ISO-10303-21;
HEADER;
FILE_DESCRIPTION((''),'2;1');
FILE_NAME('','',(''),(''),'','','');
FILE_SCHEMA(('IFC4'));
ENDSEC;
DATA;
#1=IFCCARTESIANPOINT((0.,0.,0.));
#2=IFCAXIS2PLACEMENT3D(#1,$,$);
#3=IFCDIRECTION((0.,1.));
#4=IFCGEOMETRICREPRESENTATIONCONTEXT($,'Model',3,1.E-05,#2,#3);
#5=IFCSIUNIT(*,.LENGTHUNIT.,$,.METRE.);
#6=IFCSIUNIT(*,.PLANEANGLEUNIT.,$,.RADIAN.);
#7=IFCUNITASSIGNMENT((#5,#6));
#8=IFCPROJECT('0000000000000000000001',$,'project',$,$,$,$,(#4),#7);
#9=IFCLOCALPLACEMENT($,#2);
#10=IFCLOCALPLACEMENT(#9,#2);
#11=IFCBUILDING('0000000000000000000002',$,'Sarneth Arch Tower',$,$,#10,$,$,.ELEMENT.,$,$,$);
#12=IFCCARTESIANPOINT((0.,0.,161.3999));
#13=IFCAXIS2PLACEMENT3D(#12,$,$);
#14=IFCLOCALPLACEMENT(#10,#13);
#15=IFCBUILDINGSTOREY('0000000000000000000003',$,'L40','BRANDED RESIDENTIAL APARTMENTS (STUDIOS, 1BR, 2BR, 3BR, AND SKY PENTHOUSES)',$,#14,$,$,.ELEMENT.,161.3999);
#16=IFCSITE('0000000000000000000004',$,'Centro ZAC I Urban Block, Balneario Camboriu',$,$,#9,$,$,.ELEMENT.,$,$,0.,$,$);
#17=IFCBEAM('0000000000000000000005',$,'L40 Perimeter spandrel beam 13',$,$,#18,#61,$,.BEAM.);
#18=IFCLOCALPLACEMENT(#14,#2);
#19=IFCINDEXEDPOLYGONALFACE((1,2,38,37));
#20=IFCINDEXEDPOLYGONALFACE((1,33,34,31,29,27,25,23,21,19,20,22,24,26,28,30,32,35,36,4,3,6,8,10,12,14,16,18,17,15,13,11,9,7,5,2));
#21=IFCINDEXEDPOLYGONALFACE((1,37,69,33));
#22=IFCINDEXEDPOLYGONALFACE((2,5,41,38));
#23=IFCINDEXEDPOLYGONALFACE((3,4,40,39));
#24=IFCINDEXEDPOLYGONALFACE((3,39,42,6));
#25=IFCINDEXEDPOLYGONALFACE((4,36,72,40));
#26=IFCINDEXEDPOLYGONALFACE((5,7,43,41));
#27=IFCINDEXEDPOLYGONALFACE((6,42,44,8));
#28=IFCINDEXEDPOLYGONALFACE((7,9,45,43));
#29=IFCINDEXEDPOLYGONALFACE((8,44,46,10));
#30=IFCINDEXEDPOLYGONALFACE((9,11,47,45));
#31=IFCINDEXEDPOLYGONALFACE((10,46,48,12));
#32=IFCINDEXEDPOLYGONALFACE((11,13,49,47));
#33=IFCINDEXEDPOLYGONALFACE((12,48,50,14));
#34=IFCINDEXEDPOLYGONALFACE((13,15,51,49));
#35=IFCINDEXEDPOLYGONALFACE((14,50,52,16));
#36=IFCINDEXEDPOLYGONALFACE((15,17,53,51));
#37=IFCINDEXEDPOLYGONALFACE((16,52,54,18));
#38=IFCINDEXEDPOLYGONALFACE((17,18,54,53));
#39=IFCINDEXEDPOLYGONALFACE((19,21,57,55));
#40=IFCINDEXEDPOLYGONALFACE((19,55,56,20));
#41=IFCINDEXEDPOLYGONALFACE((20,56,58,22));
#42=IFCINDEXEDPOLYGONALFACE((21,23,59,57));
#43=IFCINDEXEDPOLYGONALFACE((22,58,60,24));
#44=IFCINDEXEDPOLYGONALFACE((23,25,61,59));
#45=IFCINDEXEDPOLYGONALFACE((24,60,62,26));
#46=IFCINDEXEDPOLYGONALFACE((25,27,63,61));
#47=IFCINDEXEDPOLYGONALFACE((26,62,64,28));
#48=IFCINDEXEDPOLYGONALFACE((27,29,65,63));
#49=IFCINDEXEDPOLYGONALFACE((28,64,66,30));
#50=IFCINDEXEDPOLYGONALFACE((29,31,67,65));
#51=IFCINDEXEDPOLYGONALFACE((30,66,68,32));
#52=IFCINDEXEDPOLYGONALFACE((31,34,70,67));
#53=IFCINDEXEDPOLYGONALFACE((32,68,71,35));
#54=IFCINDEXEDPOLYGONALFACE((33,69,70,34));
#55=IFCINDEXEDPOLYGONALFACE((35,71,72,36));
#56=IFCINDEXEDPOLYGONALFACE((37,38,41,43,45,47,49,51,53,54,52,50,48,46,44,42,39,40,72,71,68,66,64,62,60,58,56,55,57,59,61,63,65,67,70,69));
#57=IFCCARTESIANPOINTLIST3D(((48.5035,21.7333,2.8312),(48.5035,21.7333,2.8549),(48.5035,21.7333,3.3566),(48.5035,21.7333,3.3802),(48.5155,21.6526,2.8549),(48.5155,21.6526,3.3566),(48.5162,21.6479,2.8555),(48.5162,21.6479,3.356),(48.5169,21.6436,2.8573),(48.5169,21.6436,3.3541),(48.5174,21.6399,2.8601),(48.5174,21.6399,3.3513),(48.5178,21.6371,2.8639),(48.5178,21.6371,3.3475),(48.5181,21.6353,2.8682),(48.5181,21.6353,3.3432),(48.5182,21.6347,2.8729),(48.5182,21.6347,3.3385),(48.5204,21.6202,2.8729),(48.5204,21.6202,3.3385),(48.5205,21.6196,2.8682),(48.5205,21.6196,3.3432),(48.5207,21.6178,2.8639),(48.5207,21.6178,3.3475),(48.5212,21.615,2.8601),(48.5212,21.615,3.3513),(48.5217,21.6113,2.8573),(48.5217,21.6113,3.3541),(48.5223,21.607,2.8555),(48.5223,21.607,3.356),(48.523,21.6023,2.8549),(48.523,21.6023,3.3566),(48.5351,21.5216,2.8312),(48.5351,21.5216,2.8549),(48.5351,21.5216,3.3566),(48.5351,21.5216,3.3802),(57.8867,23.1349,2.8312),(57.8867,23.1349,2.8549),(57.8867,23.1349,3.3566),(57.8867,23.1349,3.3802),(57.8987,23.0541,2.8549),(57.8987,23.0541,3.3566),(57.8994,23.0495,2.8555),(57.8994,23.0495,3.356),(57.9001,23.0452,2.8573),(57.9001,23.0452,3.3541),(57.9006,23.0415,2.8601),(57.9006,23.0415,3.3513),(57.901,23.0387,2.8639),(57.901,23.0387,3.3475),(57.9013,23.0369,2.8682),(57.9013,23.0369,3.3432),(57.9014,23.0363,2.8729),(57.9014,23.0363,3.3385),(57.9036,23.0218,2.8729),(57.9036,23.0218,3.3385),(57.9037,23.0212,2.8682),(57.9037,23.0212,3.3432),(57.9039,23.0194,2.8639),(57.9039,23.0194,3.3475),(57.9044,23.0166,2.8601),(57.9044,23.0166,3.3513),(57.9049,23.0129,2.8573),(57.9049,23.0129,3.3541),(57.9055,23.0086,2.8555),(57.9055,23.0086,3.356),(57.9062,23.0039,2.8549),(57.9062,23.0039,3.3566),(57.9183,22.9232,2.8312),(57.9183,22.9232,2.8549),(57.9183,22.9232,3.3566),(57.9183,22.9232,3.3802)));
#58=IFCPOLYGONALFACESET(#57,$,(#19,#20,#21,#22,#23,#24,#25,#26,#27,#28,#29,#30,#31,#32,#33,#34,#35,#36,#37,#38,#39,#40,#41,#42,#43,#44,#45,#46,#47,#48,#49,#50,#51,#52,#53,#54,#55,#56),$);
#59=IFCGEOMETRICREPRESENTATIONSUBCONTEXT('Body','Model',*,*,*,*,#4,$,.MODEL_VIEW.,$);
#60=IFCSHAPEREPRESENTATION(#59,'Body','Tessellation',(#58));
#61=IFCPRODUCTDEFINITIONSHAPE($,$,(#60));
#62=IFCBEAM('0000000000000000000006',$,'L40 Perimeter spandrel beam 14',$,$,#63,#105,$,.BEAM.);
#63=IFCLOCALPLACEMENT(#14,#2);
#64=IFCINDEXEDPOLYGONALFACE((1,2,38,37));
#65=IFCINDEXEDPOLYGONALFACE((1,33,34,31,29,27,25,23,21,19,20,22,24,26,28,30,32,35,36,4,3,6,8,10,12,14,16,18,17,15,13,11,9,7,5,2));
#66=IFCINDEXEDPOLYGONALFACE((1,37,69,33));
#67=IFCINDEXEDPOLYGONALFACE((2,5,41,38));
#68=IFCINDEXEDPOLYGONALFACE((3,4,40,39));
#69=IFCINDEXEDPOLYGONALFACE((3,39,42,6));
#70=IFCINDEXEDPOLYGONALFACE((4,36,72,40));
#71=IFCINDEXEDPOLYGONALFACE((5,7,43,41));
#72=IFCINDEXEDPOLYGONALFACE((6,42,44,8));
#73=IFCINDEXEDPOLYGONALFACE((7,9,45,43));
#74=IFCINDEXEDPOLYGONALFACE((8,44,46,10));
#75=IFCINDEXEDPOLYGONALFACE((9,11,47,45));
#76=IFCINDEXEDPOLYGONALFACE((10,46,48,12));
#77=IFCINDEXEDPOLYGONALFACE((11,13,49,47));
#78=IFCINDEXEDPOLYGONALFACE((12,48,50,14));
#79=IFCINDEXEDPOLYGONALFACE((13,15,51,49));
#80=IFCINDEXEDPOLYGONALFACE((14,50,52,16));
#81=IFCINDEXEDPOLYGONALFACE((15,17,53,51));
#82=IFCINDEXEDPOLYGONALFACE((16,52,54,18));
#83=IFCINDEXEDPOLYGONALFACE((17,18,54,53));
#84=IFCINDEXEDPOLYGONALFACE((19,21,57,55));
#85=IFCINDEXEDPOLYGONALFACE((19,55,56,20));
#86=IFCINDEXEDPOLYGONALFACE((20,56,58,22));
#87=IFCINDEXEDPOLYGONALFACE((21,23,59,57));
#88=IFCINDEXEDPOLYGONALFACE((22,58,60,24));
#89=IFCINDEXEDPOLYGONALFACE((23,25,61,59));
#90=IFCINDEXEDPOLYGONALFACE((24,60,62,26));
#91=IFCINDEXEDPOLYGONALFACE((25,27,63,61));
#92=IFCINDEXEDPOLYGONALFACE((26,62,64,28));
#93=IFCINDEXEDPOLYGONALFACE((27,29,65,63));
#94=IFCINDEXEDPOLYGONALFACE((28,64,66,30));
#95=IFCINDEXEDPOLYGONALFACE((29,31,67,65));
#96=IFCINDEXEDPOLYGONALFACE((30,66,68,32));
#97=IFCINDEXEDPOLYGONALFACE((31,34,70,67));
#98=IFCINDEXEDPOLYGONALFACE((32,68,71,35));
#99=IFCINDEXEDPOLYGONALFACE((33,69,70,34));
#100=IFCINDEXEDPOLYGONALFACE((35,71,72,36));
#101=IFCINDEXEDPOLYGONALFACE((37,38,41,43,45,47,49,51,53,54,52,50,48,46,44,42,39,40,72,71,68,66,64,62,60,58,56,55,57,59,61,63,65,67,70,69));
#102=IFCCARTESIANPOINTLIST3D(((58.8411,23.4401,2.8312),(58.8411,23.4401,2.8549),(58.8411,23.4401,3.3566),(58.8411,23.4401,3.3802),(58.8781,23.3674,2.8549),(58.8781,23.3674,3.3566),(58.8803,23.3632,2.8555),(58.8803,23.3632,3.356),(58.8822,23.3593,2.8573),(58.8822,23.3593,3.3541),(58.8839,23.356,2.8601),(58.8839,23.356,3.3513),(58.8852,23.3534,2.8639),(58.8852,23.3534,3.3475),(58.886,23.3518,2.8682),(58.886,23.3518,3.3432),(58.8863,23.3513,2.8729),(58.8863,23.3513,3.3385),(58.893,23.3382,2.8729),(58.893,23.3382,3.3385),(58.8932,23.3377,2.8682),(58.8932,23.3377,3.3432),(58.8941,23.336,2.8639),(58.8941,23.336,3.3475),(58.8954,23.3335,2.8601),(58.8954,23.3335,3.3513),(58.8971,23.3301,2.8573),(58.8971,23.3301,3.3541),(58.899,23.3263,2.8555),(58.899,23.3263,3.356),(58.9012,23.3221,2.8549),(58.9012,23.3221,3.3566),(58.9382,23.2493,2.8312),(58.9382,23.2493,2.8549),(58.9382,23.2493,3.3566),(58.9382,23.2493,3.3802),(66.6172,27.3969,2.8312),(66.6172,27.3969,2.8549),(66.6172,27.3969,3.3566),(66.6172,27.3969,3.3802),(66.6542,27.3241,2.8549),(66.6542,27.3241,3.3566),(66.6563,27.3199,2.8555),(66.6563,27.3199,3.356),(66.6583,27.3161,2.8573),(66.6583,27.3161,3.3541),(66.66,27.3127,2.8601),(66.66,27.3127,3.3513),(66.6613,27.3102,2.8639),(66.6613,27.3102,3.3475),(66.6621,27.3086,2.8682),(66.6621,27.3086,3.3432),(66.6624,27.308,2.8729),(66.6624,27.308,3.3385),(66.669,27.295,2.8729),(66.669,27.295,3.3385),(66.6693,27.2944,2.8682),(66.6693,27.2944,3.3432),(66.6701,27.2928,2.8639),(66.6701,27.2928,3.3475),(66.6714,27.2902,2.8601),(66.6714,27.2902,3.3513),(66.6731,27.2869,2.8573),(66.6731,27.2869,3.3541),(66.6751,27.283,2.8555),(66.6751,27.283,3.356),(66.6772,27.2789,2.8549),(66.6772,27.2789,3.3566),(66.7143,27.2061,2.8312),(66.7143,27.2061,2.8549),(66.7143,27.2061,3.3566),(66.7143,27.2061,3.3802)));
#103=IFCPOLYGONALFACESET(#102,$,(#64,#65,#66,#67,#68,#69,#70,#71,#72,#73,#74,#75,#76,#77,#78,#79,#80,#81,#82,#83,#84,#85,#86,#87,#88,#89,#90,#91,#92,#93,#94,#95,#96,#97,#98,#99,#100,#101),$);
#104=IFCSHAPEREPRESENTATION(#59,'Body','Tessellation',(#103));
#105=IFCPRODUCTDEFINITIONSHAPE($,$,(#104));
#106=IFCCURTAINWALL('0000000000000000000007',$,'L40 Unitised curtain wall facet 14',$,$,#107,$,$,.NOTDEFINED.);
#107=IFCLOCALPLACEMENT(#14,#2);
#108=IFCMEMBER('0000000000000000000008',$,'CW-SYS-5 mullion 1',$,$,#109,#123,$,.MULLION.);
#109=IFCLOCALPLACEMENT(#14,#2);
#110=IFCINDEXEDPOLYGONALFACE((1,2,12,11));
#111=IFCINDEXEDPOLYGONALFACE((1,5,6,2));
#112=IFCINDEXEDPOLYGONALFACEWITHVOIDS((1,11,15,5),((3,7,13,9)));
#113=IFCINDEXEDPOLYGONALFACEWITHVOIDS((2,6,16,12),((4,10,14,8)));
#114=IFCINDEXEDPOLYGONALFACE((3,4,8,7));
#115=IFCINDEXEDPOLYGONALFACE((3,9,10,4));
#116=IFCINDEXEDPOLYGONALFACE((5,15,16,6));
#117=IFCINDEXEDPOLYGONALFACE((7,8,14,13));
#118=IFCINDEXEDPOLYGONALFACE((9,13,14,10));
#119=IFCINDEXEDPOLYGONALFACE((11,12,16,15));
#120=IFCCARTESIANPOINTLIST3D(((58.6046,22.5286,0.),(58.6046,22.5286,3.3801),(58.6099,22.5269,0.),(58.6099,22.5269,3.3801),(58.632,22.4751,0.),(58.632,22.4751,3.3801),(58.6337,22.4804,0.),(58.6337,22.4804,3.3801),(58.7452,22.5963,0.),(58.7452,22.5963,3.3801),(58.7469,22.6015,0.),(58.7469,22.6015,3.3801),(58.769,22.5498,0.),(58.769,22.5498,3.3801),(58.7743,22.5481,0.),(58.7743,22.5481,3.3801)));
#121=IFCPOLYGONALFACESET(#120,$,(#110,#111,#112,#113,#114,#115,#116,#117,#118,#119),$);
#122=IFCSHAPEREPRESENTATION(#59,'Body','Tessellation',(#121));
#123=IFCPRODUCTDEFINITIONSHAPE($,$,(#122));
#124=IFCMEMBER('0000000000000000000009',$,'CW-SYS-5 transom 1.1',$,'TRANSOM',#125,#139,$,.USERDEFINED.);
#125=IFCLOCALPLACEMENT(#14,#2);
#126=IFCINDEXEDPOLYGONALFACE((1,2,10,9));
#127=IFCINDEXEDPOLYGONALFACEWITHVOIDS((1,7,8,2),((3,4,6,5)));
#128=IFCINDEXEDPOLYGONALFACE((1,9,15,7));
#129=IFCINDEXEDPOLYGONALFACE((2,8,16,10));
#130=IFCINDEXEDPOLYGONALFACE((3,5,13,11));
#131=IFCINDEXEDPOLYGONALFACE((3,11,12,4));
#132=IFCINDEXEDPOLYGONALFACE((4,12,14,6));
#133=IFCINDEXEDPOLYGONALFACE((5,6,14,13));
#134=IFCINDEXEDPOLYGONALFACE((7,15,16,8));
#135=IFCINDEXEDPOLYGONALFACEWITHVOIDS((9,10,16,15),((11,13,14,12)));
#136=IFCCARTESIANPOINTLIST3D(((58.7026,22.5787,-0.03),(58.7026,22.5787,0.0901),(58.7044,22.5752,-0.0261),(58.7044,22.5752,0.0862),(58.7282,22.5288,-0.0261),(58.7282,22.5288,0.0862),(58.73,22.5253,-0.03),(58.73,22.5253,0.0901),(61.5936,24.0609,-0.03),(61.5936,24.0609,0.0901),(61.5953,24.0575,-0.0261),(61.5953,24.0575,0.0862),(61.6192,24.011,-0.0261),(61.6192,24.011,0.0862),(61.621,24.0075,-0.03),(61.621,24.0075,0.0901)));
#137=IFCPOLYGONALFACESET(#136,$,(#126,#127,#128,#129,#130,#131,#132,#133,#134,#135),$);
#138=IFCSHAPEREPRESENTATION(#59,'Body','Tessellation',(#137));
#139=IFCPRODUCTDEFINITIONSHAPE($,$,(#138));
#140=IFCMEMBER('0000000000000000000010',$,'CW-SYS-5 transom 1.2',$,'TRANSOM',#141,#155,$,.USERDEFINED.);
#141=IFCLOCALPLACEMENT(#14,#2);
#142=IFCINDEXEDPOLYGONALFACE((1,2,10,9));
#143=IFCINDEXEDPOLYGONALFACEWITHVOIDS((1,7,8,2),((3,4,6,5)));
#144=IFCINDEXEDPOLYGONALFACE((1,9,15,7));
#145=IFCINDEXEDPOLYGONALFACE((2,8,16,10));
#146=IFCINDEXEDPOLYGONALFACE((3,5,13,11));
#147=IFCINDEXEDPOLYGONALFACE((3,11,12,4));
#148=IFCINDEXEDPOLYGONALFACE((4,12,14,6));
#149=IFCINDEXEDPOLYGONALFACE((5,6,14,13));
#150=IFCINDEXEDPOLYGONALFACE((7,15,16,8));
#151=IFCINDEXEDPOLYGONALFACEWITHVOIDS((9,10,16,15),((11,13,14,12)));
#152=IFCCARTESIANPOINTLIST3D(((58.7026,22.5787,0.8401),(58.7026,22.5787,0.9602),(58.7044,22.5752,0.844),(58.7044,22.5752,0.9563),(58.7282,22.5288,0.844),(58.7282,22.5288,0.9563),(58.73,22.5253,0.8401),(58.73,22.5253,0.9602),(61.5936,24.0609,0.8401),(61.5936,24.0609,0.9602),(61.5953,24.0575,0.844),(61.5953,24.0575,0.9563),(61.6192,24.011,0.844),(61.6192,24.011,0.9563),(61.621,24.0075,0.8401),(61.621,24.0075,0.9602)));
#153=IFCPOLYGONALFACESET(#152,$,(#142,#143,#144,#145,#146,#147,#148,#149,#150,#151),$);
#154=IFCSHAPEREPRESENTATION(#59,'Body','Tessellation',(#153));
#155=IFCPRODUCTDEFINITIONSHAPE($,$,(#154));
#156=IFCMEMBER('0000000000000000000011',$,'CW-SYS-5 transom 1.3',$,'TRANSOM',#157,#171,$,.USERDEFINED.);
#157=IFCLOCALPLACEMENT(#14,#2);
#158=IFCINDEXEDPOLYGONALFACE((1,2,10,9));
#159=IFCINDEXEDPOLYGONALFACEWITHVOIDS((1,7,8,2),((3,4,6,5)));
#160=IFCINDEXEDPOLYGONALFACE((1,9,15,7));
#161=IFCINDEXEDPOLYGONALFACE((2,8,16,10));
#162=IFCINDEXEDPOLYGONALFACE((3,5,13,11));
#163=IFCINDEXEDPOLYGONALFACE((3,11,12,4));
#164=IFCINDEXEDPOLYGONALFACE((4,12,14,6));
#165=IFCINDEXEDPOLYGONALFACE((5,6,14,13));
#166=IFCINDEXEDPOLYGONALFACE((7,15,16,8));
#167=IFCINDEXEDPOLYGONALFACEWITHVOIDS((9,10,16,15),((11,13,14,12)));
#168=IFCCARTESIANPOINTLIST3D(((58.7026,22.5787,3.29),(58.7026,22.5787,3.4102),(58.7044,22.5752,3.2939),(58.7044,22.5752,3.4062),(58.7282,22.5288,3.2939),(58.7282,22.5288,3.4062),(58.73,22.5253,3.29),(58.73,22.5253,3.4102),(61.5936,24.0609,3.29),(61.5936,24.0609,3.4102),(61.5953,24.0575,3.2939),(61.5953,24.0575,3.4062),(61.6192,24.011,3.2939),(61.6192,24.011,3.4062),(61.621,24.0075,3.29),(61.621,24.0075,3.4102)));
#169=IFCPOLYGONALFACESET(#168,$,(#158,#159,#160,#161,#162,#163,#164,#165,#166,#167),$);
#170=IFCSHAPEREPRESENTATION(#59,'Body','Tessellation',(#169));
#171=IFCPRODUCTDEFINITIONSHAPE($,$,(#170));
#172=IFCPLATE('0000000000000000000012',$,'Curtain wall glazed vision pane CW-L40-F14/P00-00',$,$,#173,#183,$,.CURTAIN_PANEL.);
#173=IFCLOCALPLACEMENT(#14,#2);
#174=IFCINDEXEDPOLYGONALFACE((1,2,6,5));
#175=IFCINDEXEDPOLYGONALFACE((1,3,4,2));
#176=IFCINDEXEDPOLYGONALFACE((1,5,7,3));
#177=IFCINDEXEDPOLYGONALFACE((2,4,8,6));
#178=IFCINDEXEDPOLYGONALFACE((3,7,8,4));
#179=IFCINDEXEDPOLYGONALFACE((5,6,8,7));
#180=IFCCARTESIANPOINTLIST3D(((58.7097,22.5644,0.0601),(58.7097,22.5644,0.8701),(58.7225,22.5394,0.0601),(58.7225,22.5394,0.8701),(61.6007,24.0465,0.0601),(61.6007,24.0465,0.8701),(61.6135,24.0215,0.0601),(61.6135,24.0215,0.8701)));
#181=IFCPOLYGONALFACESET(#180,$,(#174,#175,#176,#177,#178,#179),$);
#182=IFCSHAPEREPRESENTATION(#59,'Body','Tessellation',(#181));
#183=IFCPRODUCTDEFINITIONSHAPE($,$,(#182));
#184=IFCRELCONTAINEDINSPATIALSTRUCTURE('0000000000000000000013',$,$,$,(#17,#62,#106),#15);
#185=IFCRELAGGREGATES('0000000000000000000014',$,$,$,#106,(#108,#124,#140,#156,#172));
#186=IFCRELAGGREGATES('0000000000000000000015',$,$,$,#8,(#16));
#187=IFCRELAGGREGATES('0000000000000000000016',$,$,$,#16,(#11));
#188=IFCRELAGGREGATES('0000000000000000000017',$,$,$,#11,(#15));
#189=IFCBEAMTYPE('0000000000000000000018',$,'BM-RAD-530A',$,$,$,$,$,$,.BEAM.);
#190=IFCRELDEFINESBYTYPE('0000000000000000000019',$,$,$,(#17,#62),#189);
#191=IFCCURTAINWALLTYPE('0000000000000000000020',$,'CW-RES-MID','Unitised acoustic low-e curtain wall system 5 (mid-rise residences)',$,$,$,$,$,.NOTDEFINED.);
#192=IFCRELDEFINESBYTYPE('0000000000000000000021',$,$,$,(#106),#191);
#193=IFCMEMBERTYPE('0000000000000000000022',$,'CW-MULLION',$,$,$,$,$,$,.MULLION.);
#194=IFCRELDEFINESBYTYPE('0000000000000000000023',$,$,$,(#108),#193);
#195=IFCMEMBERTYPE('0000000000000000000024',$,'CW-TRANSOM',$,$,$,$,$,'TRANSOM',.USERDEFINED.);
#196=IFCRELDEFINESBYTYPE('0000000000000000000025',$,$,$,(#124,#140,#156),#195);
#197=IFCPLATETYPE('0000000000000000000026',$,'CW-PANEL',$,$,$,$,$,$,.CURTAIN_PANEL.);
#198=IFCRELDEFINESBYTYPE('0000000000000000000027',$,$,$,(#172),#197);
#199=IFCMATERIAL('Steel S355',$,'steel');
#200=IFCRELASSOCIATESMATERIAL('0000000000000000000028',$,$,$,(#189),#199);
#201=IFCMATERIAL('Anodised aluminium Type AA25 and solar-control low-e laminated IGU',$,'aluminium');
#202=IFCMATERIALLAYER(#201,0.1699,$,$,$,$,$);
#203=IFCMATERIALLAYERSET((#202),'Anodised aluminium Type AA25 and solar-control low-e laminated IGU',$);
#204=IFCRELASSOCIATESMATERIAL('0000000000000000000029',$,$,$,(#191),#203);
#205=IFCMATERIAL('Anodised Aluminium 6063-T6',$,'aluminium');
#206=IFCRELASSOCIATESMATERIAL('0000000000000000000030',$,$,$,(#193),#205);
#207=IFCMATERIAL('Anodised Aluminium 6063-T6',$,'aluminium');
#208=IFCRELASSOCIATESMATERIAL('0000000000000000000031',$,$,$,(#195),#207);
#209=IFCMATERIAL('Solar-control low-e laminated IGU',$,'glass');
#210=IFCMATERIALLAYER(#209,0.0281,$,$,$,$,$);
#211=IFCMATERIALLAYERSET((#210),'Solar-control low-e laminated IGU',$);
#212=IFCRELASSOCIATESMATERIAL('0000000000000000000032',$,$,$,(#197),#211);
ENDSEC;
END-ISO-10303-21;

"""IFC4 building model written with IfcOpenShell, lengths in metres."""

from ifc_helpers import new_model, si_unit, direction, frame, origin, origin_2d, place, context, subcontext, project, spatial, rectangle, hollow_rectangle, i_section, extrude, material, layer, layer_set, material_profile, profile_set, type_object, element, aggregate, save


model = new_model("IFC4")

# Units and contexts
model_context = context("Model", 3, precision=1e-05, world=origin(), true_north=direction((0.0, 1.0)))
body_context = subcontext(model_context, "Body", "Model", "MODEL_VIEW")
ifc_project = project(units=[si_unit("LENGTHUNIT", "METRE"), si_unit("PLANEANGLEUNIT", "RADIAN")], contexts=[model_context])

# Site, building, storey
site_placement = place(None, origin())
site = spatial("IfcSite", under=ifc_project, at=site_placement, Name="Centro ZAC I Urban Block, Balneario Camboriu", CompositionType="ELEMENT", RefElevation=0.0)
building_placement = place(site_placement, origin())
building = spatial("IfcBuilding", under=site, at=building_placement, Name="Sarneth Arch Tower", CompositionType="ELEMENT")
storey_placement = place(building_placement, frame((0.0, 0.0, 161.3999)))
storey = spatial("IfcBuildingStorey", under=building, at=storey_placement, Name="L40", Description="BRANDED RESIDENTIAL APARTMENTS (STUDIOS, 1BR, 2BR, 3BR, AND SKY PENTHOUSES)", CompositionType="ELEMENT", Elevation=161.3999)

# Beams
ifc_material_1 = material(Name="Steel S355", Category="steel")
ifc_material_profile_1 = material_profile(ifc_material_1, i_section(OverallWidth=0.2141, OverallDepth=0.5491, WebThickness=0.0146, FlangeThickness=0.0237, FilletRadius=0.0181, at=origin_2d()), Name="W530x138")
ifc_profile_set_1 = profile_set([ifc_material_profile_1], Name="Steel S355")
beam_type_1 = type_object("IfcBeamType", Name="BM-RAD-530A", PredefinedType="BEAM", material=ifc_profile_set_1)
beam_1_placement = place(storey_placement, frame((48.5193, 21.6274, 3.1057), z_axis=(0.989027, 0.147734, 0.0), x_axis=(-0.147734, 0.989027, 0.0)))
element("IfcBeam", 1, at=beam_1_placement, inside=storey, type_object=beam_type_1, Name="L40 Perimeter spandrel beam 13", PredefinedType="BEAM", context=body_context, shape_type="SweptSolid", body=[
    extrude(i_section(OverallWidth=0.2141, OverallDepth=0.5491, WebThickness=0.0146, FlangeThickness=0.0237, FilletRadius=0.0181, at=origin_2d()), origin(), (0.0, 0.0, 1.0), 9.4873),
])
beam_2_placement = place(storey_placement, frame((58.8896, 23.3447, 3.1057), z_axis=(0.891254, 0.453504, 0.0), x_axis=(-0.453504, 0.891254, 0.0)))
element("IfcBeam", 2, at=beam_2_placement, inside=storey, type_object=beam_type_1, Name="L40 Perimeter spandrel beam 14", PredefinedType="BEAM", context=body_context, shape_type="SweptSolid", body=[
    extrude(i_section(OverallWidth=0.2141, OverallDepth=0.5491, WebThickness=0.0146, FlangeThickness=0.0237, FilletRadius=0.0181, at=origin_2d()), origin(), (0.0, 0.0, 1.0), 8.7249),
])

# Curtain wall, members, plate
ifc_material_2 = material(Name="Anodised aluminium Type AA25 and solar-control low-e laminated IGU", Category="aluminium")
ifc_layer_1 = layer(ifc_material_2, 0.1699)
ifc_layer_set_1 = layer_set([ifc_layer_1], Name="Anodised aluminium Type AA25 and solar-control low-e laminated IGU")
curtain_wall_type = type_object("IfcCurtainWallType", Name="CW-RES-MID", Description="Unitised acoustic low-e curtain wall system 5 (mid-rise residences)", PredefinedType="NOTDEFINED", material=ifc_layer_set_1)
curtain_wall_placement = place(storey_placement, origin())
curtain_wall = element("IfcCurtainWall", 3, at=curtain_wall_placement, inside=storey, type_object=curtain_wall_type, Name="L40 Unitised curtain wall facet 14", PredefinedType="NOTDEFINED")
ifc_material_3 = material(Name="Anodised Aluminium 6063-T6", Category="aluminium")
ifc_material_profile_2 = material_profile(ifc_material_3, hollow_rectangle(XDim=0.0601, YDim=0.1599, WallThickness=0.0039, at=origin_2d()), Name="AL-MULL-160x60x4")
ifc_profile_set_2 = profile_set([ifc_material_profile_2], Name="Anodised Aluminium 6063-T6")
member_type_1 = type_object("IfcMemberType", Name="CW-MULLION", PredefinedType="MULLION", material=ifc_profile_set_2)
member_1_placement = place(storey_placement, frame((58.6895, 22.5383, 0.0), z_axis=(0.0, 0.0, 1.0), x_axis=(-0.456208, 0.889873, 0.0)))
member_1 = element("IfcMember", 4, at=member_1_placement, type_object=member_type_1, Name="CW-SYS-5 mullion 1", PredefinedType="MULLION", context=body_context, shape_type="SweptSolid", body=[
    extrude(hollow_rectangle(XDim=0.0601, YDim=0.1599, WallThickness=0.0039, at=origin_2d()), origin(), (0.0, 0.0, 1.0), 3.3801),
])
ifc_material_4 = material(Name="Anodised Aluminium 6063-T6", Category="aluminium")
ifc_material_profile_3 = material_profile(ifc_material_4, hollow_rectangle(XDim=0.0601, YDim=0.1201, WallThickness=0.0039, at=origin_2d()), Name="AL-TRAN-120x60x4")
ifc_profile_set_3 = profile_set([ifc_material_profile_3], Name="Anodised Aluminium 6063-T6")
member_type_2 = type_object("IfcMemberType", Name="CW-TRANSOM", ElementType="TRANSOM", PredefinedType="USERDEFINED", material=ifc_profile_set_3)
member_2_placement = place(storey_placement, frame((58.7163, 22.552, 0.03), z_axis=(0.889857, 0.456239, 0.0), x_axis=(-0.456239, 0.889857, 0.0)))
member_2 = element("IfcMember", 5, at=member_2_placement, type_object=member_type_2, Name="CW-SYS-5 transom 1.1", ObjectType="TRANSOM", PredefinedType="USERDEFINED", context=body_context, shape_type="SweptSolid", body=[
    extrude(hollow_rectangle(XDim=0.0601, YDim=0.1201, WallThickness=0.0039, at=origin_2d()), origin(), (0.0, 0.0, 1.0), 3.2488),
])
member_3_placement = place(storey_placement, frame((58.7163, 22.552, 0.9001), z_axis=(0.889857, 0.456239, 0.0), x_axis=(-0.456239, 0.889857, 0.0)))
member_3 = element("IfcMember", 6, at=member_3_placement, type_object=member_type_2, Name="CW-SYS-5 transom 1.2", ObjectType="TRANSOM", PredefinedType="USERDEFINED", context=body_context, shape_type="SweptSolid", body=[
    extrude(hollow_rectangle(XDim=0.0601, YDim=0.1201, WallThickness=0.0039, at=origin_2d()), origin(), (0.0, 0.0, 1.0), 3.2488),
])
member_4_placement = place(storey_placement, frame((58.7163, 22.552, 3.3501), z_axis=(0.889857, 0.456239, 0.0), x_axis=(-0.456239, 0.889857, 0.0)))
member_4 = element("IfcMember", 7, at=member_4_placement, type_object=member_type_2, Name="CW-SYS-5 transom 1.3", ObjectType="TRANSOM", PredefinedType="USERDEFINED", context=body_context, shape_type="SweptSolid", body=[
    extrude(hollow_rectangle(XDim=0.0601, YDim=0.1201, WallThickness=0.0039, at=origin_2d()), origin(), (0.0, 0.0, 1.0), 3.2488),
])
ifc_material_5 = material(Name="Solar-control low-e laminated IGU", Category="glass")
ifc_layer_2 = layer(ifc_material_5, 0.0281)
ifc_layer_set_2 = layer_set([ifc_layer_2], Name="Solar-control low-e laminated IGU")
plate_type_1 = type_object("IfcPlateType", Name="CW-PANEL", PredefinedType="CURTAIN_PANEL", material=ifc_layer_set_2)
plate_1_placement = place(storey_placement, frame((60.1616, 23.293, 0.0601), z_axis=(0.0, 0.0, 1.0), x_axis=(0.889873, 0.456208, 0.0)))
plate_1 = element("IfcPlate", 8, at=plate_1_placement, type_object=plate_type_1, Name="Curtain wall glazed vision pane CW-L40-F14/P00-00", PredefinedType="CURTAIN_PANEL", context=body_context, shape_type="SweptSolid", body=[
    extrude(rectangle(XDim=3.2488, YDim=0.0281, at=origin_2d()), origin(), (0.0, 0.0, 1.0), 0.8101),
])
aggregate(curtain_wall, [member_1, member_2, member_3, member_4, plate_1])

save(model, "model.ifc")
